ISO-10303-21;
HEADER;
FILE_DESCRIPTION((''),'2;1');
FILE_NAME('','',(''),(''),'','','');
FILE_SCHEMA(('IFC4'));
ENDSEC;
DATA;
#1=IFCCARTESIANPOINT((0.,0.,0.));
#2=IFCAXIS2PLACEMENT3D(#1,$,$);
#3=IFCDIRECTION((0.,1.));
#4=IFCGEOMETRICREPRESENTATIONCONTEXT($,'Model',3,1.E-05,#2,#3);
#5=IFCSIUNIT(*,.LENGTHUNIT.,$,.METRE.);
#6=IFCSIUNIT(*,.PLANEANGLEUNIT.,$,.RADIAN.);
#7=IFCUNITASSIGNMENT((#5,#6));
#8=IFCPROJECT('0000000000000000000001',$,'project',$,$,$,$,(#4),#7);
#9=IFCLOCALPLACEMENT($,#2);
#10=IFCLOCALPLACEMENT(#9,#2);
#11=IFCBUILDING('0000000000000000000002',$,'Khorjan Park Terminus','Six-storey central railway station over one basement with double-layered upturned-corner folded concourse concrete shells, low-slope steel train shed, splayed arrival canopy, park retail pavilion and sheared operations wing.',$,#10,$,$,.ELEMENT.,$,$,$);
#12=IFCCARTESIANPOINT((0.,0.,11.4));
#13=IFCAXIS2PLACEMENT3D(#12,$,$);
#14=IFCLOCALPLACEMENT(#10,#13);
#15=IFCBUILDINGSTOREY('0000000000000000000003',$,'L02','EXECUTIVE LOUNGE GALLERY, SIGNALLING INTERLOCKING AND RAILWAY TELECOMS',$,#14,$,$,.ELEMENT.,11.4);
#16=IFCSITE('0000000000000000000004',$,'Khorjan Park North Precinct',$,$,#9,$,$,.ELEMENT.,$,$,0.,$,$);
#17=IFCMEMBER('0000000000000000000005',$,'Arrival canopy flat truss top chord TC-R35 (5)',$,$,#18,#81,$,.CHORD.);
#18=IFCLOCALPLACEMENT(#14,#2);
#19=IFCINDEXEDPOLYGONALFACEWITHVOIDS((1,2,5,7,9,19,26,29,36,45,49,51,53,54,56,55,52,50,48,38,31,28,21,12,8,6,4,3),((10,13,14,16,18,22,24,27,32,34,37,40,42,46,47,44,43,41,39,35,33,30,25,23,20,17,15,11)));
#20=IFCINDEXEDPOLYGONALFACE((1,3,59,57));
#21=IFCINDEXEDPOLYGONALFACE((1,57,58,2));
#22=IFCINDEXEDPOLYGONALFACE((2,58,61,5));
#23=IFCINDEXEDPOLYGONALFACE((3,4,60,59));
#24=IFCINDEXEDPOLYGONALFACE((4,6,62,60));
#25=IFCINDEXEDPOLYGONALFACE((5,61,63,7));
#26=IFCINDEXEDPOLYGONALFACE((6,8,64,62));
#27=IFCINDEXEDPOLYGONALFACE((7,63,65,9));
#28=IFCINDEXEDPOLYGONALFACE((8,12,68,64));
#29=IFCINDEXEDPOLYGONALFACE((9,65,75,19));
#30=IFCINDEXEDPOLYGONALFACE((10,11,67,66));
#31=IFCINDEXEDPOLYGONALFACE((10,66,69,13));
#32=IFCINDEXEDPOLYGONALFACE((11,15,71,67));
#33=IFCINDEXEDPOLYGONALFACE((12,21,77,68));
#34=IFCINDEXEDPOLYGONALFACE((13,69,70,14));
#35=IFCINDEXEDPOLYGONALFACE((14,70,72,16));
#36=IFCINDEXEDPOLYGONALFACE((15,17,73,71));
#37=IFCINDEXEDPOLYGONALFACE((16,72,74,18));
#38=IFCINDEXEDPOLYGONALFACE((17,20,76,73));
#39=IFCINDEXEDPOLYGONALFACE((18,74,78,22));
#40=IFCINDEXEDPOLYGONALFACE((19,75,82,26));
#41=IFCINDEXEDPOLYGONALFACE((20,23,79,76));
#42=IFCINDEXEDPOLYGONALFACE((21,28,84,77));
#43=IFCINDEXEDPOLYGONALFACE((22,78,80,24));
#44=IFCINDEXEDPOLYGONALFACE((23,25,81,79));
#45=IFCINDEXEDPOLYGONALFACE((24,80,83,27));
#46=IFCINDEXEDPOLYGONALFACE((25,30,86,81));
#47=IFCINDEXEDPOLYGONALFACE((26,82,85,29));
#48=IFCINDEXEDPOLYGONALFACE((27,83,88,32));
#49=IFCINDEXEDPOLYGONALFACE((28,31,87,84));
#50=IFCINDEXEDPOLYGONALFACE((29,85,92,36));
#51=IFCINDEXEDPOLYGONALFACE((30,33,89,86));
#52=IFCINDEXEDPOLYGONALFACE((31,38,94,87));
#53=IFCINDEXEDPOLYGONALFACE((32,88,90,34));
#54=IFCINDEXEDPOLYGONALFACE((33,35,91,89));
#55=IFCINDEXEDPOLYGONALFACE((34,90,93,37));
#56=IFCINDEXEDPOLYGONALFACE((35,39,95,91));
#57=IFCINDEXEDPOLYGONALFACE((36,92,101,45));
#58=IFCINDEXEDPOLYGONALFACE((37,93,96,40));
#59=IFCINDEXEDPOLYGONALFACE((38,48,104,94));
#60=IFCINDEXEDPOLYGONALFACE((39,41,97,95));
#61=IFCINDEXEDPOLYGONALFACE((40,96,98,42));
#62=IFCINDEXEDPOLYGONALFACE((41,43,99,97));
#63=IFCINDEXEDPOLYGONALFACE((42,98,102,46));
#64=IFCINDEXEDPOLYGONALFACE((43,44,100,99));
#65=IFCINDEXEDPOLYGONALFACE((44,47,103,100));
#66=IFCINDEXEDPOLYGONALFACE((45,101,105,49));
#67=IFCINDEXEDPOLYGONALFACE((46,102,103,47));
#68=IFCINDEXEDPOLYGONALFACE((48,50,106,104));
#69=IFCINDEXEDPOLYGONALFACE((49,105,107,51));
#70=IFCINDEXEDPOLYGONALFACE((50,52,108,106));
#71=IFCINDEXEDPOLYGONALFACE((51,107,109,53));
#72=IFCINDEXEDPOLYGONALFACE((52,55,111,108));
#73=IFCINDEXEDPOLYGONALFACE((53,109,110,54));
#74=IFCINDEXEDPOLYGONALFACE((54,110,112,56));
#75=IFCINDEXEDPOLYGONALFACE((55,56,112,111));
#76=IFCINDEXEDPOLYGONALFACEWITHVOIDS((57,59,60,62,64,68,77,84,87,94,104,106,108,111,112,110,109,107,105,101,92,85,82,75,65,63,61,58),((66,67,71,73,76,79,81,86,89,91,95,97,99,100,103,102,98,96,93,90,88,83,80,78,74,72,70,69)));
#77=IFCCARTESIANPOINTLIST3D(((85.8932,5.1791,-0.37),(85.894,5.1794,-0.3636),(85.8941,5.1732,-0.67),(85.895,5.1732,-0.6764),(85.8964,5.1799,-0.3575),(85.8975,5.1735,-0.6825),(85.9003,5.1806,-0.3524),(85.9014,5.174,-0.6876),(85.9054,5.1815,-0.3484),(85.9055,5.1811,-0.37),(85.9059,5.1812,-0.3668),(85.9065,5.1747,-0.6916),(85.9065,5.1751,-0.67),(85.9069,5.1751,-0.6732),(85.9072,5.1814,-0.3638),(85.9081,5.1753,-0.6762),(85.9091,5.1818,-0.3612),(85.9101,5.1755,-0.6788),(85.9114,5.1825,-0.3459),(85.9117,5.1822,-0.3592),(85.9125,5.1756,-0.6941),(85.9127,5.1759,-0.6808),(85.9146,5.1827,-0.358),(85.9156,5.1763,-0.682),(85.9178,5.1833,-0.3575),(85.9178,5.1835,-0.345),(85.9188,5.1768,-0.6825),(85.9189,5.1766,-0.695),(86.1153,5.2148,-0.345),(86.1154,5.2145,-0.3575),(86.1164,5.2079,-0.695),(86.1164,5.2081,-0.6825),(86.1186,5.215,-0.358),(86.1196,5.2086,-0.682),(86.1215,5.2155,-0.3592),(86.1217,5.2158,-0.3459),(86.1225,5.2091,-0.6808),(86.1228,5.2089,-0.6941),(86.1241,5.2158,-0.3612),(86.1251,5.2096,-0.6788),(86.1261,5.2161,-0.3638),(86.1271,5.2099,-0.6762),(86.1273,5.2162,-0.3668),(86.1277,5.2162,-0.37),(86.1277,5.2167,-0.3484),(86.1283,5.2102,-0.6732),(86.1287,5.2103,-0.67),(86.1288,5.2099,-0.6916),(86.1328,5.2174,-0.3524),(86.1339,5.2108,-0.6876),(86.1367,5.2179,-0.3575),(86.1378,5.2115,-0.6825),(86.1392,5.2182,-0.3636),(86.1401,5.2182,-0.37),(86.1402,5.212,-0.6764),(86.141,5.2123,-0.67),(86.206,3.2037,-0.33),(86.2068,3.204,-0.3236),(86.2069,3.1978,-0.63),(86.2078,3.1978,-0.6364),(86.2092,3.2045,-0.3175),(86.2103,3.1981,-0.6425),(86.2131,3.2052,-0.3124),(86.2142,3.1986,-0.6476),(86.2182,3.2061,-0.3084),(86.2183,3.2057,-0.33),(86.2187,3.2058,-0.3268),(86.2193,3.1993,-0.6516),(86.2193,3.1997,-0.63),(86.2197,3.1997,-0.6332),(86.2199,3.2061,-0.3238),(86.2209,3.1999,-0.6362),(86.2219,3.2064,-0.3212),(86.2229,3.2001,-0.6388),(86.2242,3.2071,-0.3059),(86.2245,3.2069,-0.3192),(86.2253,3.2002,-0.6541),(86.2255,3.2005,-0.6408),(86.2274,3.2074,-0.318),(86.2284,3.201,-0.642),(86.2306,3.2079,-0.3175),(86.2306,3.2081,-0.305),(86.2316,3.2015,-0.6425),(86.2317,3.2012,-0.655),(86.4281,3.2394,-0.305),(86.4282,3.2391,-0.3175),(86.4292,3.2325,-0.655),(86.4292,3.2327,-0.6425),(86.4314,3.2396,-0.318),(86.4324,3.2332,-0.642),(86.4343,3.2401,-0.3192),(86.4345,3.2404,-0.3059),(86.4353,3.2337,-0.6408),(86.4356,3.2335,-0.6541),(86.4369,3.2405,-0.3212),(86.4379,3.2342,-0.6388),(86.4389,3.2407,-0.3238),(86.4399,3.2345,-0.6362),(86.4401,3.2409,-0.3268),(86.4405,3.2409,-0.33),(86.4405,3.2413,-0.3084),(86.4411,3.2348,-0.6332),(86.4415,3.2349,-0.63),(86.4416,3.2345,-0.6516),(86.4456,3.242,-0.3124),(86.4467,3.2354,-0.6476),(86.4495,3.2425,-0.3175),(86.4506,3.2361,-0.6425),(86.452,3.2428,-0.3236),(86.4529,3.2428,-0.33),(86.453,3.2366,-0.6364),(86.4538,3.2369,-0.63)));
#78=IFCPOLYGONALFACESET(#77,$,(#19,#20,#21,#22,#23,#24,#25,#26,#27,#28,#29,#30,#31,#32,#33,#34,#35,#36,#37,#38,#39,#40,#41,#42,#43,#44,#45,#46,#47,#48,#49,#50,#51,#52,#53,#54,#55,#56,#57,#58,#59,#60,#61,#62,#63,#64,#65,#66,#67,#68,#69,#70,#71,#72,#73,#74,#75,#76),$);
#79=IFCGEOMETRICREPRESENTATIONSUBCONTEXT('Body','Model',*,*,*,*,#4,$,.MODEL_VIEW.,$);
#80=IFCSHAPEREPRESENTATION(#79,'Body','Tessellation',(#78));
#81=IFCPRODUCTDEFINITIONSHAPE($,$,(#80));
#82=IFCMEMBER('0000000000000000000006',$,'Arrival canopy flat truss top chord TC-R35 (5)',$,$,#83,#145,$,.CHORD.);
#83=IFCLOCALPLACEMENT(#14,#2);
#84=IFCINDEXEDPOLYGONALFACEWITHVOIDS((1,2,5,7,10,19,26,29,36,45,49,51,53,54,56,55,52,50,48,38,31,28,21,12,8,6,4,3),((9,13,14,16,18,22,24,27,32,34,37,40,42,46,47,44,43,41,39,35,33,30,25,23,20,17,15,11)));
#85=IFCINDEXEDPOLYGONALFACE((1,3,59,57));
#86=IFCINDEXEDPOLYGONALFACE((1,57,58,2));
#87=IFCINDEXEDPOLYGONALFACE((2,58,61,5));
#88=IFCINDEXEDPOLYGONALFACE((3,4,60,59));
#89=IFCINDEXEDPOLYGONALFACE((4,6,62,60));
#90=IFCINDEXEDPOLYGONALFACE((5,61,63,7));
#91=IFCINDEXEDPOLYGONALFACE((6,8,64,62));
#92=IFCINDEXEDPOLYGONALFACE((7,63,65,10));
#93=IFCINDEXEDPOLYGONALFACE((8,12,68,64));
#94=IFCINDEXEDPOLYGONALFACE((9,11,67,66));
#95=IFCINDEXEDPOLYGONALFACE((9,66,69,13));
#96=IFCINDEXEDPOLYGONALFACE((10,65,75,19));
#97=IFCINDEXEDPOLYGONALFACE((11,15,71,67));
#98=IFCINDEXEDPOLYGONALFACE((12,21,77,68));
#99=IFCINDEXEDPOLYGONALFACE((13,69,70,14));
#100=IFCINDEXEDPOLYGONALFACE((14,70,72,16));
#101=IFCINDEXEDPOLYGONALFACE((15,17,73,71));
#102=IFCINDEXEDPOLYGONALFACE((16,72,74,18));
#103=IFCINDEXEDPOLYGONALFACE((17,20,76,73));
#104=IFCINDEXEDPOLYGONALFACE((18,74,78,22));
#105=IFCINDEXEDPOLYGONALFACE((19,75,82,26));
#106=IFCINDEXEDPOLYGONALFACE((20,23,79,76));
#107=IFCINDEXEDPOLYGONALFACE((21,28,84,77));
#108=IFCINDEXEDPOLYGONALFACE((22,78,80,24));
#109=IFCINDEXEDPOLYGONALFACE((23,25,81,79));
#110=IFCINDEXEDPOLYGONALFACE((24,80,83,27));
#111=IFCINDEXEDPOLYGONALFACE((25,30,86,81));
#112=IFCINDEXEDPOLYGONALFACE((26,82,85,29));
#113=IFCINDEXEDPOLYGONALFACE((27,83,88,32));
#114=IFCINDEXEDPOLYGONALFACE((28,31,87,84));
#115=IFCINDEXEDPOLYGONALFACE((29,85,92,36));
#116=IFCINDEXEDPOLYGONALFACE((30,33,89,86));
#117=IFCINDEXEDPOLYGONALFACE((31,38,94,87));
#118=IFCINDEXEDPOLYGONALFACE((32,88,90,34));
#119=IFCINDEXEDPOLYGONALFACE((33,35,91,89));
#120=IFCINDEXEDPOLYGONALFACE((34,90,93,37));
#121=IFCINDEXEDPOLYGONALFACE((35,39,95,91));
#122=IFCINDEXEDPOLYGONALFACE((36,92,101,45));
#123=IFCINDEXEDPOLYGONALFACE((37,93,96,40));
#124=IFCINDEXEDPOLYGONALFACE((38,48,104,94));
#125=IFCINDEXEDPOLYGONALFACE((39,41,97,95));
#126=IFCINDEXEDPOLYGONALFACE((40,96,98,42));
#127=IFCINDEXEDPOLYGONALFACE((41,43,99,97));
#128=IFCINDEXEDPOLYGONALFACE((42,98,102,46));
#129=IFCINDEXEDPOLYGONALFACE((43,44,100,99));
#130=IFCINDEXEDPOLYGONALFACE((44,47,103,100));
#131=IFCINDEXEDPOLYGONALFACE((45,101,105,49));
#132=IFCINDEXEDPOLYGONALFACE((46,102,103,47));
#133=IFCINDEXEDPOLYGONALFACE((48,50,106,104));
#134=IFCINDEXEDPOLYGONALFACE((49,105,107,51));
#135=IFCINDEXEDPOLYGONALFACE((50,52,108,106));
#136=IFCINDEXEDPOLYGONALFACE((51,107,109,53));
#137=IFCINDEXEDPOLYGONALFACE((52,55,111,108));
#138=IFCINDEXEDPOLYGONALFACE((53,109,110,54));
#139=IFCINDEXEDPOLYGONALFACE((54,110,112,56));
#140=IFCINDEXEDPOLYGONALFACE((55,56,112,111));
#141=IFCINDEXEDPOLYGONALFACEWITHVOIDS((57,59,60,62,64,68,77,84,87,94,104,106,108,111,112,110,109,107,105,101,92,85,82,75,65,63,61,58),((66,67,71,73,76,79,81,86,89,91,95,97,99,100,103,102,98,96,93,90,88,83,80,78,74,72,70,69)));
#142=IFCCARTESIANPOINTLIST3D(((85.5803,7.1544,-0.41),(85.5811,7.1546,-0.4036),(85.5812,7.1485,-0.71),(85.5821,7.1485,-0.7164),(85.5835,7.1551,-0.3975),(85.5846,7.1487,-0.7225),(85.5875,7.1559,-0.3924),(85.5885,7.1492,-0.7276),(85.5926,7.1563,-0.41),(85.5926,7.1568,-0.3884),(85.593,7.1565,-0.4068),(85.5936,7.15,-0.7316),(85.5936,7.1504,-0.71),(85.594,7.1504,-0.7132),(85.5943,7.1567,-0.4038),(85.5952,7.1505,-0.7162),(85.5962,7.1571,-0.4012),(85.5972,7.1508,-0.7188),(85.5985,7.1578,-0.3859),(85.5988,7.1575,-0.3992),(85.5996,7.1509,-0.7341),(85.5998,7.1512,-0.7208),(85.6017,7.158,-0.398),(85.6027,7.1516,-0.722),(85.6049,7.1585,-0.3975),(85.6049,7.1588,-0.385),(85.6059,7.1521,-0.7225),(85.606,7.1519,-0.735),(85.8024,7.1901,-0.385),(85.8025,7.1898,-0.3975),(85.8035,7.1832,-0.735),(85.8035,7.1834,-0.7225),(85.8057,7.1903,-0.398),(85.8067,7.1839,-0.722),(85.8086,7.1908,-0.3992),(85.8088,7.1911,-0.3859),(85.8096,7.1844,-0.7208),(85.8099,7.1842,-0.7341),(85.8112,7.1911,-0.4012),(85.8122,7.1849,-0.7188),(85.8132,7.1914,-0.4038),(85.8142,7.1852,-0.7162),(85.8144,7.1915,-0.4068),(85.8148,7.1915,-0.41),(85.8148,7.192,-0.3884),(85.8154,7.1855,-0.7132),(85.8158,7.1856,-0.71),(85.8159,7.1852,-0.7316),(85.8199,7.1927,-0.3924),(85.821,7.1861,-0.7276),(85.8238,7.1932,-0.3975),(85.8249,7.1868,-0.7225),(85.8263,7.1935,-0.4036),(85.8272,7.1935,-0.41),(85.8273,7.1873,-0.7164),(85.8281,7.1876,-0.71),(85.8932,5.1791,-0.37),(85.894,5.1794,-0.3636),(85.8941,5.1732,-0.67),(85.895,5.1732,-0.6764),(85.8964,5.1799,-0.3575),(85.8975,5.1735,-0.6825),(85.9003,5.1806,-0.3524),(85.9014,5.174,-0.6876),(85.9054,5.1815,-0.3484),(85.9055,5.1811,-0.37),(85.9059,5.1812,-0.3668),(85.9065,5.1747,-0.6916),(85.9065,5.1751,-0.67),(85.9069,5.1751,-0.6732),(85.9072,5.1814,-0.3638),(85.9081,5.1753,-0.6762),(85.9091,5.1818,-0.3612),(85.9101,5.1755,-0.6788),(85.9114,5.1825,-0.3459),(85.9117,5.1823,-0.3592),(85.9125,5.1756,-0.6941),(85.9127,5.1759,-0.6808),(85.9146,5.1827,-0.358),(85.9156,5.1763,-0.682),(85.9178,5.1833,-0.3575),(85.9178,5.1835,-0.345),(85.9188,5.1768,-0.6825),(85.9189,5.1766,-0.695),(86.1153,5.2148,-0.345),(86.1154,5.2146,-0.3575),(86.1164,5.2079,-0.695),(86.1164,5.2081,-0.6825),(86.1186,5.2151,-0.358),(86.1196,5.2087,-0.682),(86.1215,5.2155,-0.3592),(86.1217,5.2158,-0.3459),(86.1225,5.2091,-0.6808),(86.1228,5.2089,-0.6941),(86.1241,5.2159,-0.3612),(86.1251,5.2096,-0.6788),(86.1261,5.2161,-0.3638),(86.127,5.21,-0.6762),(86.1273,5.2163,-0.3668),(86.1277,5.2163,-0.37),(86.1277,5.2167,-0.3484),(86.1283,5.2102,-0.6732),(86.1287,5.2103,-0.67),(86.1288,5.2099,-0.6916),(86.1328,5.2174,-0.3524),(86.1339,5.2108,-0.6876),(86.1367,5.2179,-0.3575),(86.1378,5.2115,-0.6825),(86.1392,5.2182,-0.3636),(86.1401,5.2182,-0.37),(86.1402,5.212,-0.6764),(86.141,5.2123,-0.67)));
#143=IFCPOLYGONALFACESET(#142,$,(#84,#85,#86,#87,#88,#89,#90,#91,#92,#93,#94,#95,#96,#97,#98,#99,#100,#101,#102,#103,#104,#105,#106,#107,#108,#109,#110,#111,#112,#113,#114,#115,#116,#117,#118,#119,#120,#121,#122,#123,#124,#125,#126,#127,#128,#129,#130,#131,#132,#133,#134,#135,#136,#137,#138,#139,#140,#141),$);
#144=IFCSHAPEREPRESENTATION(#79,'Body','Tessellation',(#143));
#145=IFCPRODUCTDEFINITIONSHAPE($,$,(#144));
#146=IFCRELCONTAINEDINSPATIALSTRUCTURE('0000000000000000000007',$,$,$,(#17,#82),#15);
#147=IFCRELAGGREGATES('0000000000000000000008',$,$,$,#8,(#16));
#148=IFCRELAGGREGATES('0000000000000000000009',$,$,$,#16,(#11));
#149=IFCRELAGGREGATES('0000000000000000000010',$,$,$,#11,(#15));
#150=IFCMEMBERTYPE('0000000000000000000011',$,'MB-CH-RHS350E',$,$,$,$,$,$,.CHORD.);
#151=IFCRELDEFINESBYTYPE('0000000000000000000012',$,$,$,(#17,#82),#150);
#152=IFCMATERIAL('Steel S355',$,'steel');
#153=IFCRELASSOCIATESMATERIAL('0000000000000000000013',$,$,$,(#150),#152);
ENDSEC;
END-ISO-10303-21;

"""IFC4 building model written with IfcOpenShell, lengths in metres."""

from ifc_helpers import new_model, si_unit, direction, frame, origin, origin_2d, place, context, subcontext, project, spatial, hollow_rectangle, extrude, material, material_profile, profile_set, type_object, element, save


model = new_model("IFC4")

# Units and contexts
model_context = context("Model", 3, precision=1e-05, world=origin(), true_north=direction((0.0, 1.0)))
body_context = subcontext(model_context, "Body", "Model", "MODEL_VIEW")
ifc_project = project(units=[si_unit("LENGTHUNIT", "METRE"), si_unit("PLANEANGLEUNIT", "RADIAN")], contexts=[model_context])

# Site, building, storey
site_placement = place(None, origin())
site = spatial("IfcSite", under=ifc_project, at=site_placement, Name="Khorjan Park North Precinct", CompositionType="ELEMENT", RefElevation=0.0)
building_placement = place(site_placement, origin())
building = spatial("IfcBuilding", under=site, at=building_placement, Name="Khorjan Park Terminus", Description="Six-storey central railway station over one basement with double-layered upturned-corner folded concourse concrete shells, low-slope steel train shed, splayed arrival canopy, park retail pavilion and sheared operations wing.", CompositionType="ELEMENT")
storey_placement = place(building_placement, frame((0.0, 0.0, 11.4)))
storey = spatial("IfcBuildingStorey", under=building, at=storey_placement, Name="L02", Description="EXECUTIVE LOUNGE GALLERY, SIGNALLING INTERLOCKING AND RAILWAY TELECOMS", CompositionType="ELEMENT", Elevation=11.4)

# Members
ifc_material = material(Name="Steel S355", Category="steel")
ifc_material_profile_1 = material_profile(ifc_material, hollow_rectangle(XDim=0.25, YDim=0.35, WallThickness=0.0125, InnerFilletRadius=0.0125, OuterFilletRadius=0.025, at=origin_2d()), Name="RHS 350x250x12.5")
ifc_profile_set_1 = profile_set([ifc_material_profile_1], Name="Steel S355")
member_type_1 = type_object("IfcMemberType", Name="MB-CH-RHS350E", PredefinedType="CHORD", material=ifc_profile_set_1)
for number, where, z_axis, x_axis, name in (
    (1, (86.3299, 3.2203, -0.48), (-0.156368, 0.987496, -0.019996), (-0.987694, -0.156399, 0.0), "Arrival canopy flat truss top chord TC-R35 (5)"),
):
    element("IfcMember", number, at=place(storey_placement, frame(where, z_axis=z_axis, x_axis=x_axis)), inside=storey, type_object=member_type_1, Name=name, PredefinedType="CHORD", context=body_context, shape_type="SweptSolid", body=[
        extrude(hollow_rectangle(XDim=0.25, YDim=0.35, WallThickness=0.0125, InnerFilletRadius=0.0125, OuterFilletRadius=0.025, at=origin_2d()), origin(), (0.0, 0.0, 1.0), 2.0004),
    ])
member_1_placement = place(storey_placement, frame((86.0171, 5.1957, -0.52), z_axis=(-0.156424, 0.987488, -0.019997), x_axis=(-0.987685, -0.156456, 0.0)))
element("IfcMember", 2, at=member_1_placement, inside=storey, type_object=member_type_1, Name="Arrival canopy flat truss top chord TC-R35 (5)", PredefinedType="CHORD", context=body_context, shape_type="SweptSolid", body=[
    extrude(hollow_rectangle(XDim=0.25, YDim=0.35, WallThickness=0.0125, InnerFilletRadius=0.0125, OuterFilletRadius=0.025, at=origin_2d()), origin(), (0.0, 0.0, 1.0), 2.0003),
])

save(model, "model.ifc")
